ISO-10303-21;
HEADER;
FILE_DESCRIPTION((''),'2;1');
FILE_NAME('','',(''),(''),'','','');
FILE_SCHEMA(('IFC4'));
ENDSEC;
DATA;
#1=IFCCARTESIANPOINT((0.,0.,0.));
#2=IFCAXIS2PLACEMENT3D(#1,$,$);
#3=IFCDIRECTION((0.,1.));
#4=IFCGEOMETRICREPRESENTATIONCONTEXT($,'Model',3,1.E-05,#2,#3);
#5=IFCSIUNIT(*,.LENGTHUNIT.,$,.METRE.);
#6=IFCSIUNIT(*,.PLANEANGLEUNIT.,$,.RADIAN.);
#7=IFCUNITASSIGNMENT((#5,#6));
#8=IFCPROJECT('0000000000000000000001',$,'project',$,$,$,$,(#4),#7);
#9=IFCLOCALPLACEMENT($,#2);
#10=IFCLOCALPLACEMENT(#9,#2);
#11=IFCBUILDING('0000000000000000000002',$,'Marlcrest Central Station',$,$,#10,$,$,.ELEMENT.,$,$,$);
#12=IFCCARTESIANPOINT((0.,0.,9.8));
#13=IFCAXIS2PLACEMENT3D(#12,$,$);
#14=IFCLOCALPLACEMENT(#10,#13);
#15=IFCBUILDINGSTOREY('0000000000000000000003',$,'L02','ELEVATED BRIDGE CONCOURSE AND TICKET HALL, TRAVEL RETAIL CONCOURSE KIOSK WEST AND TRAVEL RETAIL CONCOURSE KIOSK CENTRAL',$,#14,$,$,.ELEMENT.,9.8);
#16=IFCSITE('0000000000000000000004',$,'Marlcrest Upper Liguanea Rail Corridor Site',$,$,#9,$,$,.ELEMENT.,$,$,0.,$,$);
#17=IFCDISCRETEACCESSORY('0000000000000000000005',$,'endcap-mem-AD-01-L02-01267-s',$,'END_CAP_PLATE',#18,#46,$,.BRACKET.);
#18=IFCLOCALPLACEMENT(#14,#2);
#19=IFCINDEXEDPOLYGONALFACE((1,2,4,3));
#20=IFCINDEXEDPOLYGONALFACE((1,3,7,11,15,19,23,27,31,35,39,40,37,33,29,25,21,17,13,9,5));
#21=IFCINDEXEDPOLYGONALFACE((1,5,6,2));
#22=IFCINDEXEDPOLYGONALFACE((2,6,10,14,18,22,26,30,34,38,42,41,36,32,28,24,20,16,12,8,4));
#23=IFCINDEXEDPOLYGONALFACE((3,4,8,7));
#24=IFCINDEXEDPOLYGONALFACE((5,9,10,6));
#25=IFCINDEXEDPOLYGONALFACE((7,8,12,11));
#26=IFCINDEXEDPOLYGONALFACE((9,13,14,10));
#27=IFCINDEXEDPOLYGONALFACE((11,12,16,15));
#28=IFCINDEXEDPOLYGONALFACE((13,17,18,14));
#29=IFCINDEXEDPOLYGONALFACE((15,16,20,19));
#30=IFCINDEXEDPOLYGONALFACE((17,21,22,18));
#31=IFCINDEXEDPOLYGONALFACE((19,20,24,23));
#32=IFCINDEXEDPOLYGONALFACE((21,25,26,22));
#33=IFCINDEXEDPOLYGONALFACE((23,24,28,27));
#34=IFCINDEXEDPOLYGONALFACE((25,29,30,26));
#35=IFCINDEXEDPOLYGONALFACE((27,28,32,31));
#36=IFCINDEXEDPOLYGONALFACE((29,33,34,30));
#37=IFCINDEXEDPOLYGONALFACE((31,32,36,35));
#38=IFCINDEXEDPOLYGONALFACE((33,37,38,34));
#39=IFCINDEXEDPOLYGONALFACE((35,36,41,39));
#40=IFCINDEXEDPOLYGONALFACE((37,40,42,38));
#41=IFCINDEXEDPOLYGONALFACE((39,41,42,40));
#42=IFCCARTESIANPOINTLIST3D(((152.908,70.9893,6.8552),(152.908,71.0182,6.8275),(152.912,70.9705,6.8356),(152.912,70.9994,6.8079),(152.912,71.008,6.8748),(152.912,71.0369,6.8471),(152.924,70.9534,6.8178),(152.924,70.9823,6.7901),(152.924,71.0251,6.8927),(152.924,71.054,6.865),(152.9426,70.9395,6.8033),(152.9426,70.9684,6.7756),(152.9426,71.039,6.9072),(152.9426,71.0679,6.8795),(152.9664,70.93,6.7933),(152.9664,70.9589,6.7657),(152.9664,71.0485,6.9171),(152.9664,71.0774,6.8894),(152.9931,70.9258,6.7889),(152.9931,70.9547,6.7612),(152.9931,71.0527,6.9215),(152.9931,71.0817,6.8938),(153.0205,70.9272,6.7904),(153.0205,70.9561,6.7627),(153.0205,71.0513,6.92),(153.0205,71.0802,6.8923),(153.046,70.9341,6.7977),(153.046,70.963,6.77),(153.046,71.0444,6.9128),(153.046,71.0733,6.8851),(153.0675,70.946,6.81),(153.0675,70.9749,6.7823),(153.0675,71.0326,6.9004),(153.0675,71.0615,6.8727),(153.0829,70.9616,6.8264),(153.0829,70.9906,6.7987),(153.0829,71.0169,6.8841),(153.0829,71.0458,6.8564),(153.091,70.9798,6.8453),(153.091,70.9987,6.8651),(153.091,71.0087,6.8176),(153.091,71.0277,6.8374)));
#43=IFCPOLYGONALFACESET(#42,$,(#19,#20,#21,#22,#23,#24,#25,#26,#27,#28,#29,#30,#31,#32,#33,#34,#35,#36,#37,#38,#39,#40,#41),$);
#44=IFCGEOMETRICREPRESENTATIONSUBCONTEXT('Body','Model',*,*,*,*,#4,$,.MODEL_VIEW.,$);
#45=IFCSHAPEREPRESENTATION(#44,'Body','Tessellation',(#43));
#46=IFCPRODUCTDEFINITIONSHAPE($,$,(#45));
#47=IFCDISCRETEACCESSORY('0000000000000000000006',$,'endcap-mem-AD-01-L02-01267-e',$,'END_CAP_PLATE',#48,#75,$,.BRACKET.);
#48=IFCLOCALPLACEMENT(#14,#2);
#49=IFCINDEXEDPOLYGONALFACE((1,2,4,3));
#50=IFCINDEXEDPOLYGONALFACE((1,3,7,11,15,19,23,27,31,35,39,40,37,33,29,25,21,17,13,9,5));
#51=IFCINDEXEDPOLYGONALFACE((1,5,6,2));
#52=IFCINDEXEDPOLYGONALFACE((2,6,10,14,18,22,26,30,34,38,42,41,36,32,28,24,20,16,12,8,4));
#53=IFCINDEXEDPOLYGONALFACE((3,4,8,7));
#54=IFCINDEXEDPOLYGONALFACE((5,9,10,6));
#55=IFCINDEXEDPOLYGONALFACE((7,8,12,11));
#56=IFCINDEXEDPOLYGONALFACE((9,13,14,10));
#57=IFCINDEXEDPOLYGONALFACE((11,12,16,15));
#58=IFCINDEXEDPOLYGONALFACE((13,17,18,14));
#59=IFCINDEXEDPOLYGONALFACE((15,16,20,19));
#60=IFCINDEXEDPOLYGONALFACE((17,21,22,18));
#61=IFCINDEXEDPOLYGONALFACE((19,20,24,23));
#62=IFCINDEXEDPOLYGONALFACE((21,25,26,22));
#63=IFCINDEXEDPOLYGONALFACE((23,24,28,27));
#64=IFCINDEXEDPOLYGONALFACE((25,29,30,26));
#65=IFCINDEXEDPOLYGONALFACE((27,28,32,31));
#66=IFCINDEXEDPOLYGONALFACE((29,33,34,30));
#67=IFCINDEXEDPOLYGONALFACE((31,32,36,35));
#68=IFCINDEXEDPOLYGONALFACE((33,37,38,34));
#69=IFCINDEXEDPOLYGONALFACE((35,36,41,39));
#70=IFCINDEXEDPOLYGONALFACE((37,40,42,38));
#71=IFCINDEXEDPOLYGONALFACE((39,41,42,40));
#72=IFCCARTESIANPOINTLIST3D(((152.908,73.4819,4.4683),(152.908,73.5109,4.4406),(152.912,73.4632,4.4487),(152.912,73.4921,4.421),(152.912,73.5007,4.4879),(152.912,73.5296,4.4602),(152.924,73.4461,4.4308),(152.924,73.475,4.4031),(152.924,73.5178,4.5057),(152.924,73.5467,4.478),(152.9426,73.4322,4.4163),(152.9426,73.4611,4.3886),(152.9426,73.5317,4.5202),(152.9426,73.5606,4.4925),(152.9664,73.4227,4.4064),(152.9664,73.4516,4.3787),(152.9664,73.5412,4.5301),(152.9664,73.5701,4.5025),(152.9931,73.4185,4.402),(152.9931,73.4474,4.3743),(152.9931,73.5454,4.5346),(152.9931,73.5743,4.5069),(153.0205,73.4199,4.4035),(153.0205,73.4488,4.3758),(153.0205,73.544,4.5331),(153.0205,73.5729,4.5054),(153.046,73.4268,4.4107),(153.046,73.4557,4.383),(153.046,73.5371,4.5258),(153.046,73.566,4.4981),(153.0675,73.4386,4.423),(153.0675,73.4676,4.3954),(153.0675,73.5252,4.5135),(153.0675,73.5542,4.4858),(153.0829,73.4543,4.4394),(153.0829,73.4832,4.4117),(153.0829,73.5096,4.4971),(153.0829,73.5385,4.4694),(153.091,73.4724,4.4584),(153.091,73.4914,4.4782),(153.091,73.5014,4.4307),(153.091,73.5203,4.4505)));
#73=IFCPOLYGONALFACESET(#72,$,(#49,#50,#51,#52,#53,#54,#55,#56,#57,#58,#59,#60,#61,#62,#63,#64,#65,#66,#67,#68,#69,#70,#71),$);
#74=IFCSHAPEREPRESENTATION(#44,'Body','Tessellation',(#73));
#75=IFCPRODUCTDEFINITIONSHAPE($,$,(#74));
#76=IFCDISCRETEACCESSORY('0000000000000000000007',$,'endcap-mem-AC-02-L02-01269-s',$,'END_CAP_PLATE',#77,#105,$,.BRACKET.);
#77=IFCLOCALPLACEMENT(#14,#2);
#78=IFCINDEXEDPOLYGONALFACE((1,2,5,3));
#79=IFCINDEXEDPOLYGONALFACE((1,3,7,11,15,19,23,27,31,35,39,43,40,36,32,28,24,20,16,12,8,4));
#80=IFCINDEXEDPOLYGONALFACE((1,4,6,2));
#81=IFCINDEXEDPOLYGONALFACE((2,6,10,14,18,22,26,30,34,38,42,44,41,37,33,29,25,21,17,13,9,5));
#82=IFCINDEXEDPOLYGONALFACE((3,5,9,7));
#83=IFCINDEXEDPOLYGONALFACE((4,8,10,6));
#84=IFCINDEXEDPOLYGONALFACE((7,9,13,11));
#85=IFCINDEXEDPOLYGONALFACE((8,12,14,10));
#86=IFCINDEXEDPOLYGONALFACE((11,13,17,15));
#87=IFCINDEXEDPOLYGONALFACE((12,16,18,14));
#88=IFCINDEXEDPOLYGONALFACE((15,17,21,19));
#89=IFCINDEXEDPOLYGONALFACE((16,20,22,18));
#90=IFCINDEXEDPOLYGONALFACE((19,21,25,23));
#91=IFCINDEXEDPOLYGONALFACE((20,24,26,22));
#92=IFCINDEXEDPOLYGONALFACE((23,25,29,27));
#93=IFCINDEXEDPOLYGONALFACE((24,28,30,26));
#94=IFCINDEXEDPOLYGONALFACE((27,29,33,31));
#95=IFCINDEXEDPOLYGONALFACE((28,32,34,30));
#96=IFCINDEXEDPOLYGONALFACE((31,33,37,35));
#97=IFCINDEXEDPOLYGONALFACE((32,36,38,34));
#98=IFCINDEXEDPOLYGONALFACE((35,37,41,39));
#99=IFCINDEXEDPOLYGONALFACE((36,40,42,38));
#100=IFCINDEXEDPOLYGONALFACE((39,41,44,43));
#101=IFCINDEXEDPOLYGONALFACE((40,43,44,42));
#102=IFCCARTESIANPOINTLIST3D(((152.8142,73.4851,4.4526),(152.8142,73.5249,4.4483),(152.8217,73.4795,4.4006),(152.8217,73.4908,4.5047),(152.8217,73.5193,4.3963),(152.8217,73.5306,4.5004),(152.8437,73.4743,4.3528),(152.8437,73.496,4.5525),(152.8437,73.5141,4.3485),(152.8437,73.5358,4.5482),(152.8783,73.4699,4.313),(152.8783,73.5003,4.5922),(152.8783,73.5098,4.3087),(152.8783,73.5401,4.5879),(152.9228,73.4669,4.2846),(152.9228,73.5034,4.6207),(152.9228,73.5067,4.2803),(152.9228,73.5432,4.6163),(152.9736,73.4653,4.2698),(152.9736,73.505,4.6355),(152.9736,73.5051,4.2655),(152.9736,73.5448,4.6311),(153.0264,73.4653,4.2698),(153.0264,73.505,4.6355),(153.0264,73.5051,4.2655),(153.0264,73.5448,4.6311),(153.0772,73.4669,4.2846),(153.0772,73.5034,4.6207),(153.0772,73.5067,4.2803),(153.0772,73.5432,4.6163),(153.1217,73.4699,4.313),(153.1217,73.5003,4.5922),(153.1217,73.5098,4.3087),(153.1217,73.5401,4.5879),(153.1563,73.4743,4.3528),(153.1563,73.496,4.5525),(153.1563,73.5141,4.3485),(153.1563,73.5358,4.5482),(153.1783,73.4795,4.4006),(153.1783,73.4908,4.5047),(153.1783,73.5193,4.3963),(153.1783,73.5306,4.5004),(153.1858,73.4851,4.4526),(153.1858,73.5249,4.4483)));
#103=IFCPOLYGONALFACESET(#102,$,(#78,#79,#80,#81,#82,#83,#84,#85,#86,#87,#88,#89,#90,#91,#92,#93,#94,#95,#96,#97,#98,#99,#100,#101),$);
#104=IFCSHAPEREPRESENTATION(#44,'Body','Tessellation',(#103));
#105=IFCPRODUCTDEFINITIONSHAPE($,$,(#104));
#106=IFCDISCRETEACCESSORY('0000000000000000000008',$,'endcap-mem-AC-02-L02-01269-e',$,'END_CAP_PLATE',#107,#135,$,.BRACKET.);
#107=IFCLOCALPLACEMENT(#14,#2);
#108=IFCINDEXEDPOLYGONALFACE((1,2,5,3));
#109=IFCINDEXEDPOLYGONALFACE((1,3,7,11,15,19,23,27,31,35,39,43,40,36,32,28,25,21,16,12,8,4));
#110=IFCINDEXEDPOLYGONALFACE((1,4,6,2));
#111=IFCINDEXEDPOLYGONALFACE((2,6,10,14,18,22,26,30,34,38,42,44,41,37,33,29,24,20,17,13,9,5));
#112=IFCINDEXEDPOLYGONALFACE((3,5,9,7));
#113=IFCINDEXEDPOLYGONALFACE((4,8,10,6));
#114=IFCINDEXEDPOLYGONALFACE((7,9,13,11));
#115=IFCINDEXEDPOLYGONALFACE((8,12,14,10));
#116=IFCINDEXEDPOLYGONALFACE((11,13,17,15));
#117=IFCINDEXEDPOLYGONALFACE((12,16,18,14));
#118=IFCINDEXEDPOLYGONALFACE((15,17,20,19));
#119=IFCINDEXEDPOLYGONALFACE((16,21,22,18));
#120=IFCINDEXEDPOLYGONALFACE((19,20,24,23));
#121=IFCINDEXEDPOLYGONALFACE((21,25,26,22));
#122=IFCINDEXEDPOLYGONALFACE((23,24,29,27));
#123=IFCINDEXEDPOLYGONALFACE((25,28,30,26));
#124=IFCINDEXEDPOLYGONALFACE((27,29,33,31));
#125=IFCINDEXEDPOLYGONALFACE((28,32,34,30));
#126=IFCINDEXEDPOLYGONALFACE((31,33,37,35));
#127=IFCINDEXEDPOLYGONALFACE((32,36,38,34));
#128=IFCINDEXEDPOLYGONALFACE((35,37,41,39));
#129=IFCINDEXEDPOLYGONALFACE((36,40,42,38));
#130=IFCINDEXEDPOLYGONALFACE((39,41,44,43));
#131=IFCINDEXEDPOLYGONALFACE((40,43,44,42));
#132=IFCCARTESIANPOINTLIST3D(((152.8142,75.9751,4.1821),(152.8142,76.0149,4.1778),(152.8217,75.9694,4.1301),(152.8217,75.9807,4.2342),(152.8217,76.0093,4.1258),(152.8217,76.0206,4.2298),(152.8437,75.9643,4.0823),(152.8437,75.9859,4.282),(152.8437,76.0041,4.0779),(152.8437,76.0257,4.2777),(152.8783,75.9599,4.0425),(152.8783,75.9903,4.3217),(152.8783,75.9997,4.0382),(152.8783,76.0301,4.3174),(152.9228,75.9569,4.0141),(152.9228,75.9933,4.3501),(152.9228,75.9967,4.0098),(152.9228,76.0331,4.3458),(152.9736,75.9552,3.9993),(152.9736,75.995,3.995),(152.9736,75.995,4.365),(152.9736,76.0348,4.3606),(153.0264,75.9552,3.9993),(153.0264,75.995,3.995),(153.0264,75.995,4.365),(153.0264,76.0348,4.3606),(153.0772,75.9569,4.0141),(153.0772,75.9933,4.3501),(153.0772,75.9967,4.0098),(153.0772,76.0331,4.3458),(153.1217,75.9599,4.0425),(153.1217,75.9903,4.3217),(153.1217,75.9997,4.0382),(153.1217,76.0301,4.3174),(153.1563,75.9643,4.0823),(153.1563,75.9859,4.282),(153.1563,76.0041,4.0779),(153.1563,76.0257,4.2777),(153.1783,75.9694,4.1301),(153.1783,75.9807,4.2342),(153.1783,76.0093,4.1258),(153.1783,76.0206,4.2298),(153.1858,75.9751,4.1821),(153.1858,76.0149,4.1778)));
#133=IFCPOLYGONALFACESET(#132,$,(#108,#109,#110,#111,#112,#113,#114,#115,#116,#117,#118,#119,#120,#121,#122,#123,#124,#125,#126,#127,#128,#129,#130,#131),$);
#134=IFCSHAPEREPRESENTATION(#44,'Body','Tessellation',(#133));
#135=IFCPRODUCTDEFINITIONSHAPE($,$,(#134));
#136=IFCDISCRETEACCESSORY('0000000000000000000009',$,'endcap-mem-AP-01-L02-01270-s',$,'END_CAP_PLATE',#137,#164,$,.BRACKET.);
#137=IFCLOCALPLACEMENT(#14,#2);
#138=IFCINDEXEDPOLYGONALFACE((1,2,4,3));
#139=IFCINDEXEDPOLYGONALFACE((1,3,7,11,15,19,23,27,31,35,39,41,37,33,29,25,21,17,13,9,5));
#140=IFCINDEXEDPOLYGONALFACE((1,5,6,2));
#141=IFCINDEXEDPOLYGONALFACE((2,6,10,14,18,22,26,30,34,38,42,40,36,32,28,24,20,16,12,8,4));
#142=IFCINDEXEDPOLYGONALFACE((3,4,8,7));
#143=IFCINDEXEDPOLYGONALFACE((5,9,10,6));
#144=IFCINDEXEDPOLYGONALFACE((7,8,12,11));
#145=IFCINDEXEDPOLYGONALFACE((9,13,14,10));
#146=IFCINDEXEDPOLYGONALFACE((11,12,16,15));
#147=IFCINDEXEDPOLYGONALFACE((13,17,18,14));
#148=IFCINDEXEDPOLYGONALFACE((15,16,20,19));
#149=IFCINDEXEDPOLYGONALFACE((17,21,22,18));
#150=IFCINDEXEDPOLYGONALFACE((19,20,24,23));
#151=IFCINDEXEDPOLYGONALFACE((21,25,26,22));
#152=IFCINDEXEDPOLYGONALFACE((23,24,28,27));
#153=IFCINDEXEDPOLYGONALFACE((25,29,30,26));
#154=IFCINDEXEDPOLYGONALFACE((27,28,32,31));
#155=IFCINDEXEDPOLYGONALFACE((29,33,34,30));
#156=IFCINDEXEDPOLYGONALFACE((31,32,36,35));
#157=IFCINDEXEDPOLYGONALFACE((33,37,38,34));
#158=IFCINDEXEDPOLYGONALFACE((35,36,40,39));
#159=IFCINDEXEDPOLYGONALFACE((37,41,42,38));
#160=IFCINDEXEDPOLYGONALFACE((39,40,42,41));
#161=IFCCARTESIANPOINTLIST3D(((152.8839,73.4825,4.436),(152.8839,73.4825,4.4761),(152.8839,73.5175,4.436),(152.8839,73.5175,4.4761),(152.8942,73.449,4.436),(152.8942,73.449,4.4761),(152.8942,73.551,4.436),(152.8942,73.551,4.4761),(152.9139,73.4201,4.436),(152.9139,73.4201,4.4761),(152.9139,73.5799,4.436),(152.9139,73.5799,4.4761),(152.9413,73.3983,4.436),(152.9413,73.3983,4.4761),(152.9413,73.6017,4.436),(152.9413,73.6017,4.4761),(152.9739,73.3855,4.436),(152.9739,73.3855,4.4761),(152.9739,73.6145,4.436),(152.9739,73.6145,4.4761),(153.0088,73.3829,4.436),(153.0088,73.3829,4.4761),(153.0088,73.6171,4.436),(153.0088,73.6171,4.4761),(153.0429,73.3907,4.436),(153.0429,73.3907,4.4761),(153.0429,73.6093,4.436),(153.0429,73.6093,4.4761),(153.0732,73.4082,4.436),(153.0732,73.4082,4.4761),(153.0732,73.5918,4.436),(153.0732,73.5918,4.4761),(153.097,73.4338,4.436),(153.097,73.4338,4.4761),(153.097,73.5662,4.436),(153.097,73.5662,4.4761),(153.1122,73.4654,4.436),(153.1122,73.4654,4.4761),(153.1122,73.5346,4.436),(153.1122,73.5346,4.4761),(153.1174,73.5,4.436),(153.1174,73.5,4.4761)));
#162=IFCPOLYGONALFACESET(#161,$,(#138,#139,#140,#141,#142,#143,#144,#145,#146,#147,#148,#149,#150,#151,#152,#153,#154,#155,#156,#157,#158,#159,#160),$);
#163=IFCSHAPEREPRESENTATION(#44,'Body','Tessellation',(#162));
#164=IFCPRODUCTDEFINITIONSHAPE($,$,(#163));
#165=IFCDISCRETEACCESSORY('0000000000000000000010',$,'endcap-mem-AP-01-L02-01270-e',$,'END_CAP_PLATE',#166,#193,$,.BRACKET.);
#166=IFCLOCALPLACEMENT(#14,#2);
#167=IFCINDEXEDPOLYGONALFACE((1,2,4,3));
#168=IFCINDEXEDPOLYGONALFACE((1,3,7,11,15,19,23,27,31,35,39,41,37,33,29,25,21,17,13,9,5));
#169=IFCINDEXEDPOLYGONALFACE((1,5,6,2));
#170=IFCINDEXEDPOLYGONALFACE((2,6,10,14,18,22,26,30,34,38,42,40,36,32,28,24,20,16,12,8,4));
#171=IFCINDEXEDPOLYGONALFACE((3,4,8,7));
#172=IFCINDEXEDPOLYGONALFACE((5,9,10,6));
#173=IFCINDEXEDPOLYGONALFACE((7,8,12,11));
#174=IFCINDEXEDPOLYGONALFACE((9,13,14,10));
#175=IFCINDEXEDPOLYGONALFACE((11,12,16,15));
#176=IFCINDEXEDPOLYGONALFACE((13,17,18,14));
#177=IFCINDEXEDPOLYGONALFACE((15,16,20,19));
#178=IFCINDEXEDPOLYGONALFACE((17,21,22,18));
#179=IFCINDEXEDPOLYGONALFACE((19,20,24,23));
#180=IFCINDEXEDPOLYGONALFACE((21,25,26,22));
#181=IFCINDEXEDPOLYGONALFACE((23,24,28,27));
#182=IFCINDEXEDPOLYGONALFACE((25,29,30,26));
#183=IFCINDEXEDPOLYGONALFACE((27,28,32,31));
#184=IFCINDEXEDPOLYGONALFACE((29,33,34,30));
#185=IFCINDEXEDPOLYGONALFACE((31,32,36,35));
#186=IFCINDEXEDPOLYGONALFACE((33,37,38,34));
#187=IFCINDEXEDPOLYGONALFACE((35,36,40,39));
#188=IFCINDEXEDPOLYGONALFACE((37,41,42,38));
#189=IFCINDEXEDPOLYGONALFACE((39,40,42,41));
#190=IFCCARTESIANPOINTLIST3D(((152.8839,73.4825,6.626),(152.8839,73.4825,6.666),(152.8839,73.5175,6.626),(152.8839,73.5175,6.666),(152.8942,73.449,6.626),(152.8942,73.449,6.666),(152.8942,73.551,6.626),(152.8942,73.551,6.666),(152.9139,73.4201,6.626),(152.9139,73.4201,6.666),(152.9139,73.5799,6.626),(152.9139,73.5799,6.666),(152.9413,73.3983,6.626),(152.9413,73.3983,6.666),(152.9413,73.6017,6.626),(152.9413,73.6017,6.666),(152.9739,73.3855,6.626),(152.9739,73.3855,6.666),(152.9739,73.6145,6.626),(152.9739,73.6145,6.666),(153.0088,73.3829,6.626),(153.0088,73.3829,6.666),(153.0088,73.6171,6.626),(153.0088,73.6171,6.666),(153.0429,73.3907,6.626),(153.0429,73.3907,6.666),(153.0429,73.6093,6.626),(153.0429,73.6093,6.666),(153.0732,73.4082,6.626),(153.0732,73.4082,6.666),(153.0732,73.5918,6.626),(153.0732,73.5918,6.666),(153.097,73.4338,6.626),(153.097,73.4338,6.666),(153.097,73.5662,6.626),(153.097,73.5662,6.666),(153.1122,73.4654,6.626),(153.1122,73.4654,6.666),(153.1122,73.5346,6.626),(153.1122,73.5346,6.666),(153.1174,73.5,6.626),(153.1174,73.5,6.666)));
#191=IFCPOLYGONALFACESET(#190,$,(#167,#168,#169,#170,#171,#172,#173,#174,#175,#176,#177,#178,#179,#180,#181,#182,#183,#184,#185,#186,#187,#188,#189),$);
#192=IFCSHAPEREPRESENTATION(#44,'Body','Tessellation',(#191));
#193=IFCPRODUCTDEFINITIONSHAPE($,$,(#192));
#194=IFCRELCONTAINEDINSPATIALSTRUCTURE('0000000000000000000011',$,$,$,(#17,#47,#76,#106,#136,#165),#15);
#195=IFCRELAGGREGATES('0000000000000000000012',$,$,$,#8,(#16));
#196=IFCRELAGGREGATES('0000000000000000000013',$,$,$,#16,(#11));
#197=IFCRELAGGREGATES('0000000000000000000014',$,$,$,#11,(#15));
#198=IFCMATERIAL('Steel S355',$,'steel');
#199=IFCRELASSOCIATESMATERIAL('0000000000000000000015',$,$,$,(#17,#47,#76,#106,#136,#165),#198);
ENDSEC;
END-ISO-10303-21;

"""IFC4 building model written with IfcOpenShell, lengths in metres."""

from ifc_helpers import new_model, si_unit, direction, frame, origin, origin_2d, place, context, subcontext, project, spatial, circle, extrude, material, element, save


model = new_model("IFC4")

# Units and contexts
model_context = context("Model", 3, precision=1e-05, world=origin(), true_north=direction((0.0, 1.0)))
body_context = subcontext(model_context, "Body", "Model", "MODEL_VIEW")
ifc_project = project(units=[si_unit("LENGTHUNIT", "METRE"), si_unit("PLANEANGLEUNIT", "RADIAN")], contexts=[model_context])

# Site, building, storey
site_placement = place(None, origin())
site = spatial("IfcSite", under=ifc_project, at=site_placement, Name="Marlcrest Upper Liguanea Rail Corridor Site", CompositionType="ELEMENT", RefElevation=0.0)
building_placement = place(site_placement, origin())
building = spatial("IfcBuilding", under=site, at=building_placement, Name="Marlcrest Central Station", CompositionType="ELEMENT")
storey_placement = place(building_placement, frame((0.0, 0.0, 9.8)))
storey = spatial("IfcBuildingStorey", under=building, at=storey_placement, Name="L02", Description="ELEVATED BRIDGE CONCOURSE AND TICKET HALL, TRAVEL RETAIL CONCOURSE KIOSK WEST AND TRAVEL RETAIL CONCOURSE KIOSK CENTRAL", CompositionType="ELEMENT", Elevation=9.8)

# Shared definitions
ifc_material = material(Name="Steel S355", Category="steel")

# Discrete accessories
for number, where, z_axis, x_axis, name in (
    (1, (153.0, 70.9893, 6.8552), (0.0, 0.722247, -0.691636), (-1.0, 0.0, 0.0), "endcap-mem-AD-01-L02-01267-s"),
    (2, (153.0, 73.4819, 4.4683), (0.0, 0.722247, -0.691636), (-1.0, 0.0, 0.0), "endcap-mem-AD-01-L02-01267-e"),
):
    element("IfcDiscreteAccessory", number, at=place(storey_placement, frame(where, z_axis=z_axis, x_axis=x_axis)), inside=storey, material=ifc_material, Name=name, ObjectType="END_CAP_PLATE", PredefinedType="BRACKET", context=body_context, shape_type="SweptSolid", body=[
        extrude(circle(Radius=0.092, at=origin_2d()), origin(), (0.0, 0.0, 1.0), 0.04),
    ])
for number, where, z_axis, x_axis, name in (
    (3, (153.0, 73.4851, 4.4526), (0.0, 0.994155, -0.107959), (-1.0, 0.0, 0.0), "endcap-mem-AC-02-L02-01269-s"),
    (4, (153.0, 75.9751, 4.1821), (0.0, 0.994155, -0.107959), (-1.0, 0.0, 0.0), "endcap-mem-AC-02-L02-01269-e"),
):
    element("IfcDiscreteAccessory", number, at=place(storey_placement, frame(where, z_axis=z_axis, x_axis=x_axis)), inside=storey, material=ifc_material, Name=name, ObjectType="END_CAP_PLATE", PredefinedType="BRACKET", context=body_context, shape_type="SweptSolid", body=[
        extrude(circle(Radius=0.1858, at=origin_2d()), origin(), (0.0, 0.0, 1.0), 0.04),
    ])
for number, where, z_axis, x_axis, name in (
    (5, (153.0, 73.5, 4.436), (0.0, 0.0, 1.0), (1.0, 0.0, 0.0), "endcap-mem-AP-01-L02-01270-s"),
    (6, (153.0, 73.5, 6.626), (0.0, 0.0, 1.0), (1.0, 0.0, 0.0), "endcap-mem-AP-01-L02-01270-e"),
):
    element("IfcDiscreteAccessory", number, at=place(storey_placement, frame(where, z_axis=z_axis, x_axis=x_axis)), inside=storey, material=ifc_material, Name=name, ObjectType="END_CAP_PLATE", PredefinedType="BRACKET", context=body_context, shape_type="SweptSolid", body=[
        extrude(circle(Radius=0.1174, at=origin_2d()), origin(), (0.0, 0.0, 1.0), 0.04),
    ])

save(model, "model.ifc")
